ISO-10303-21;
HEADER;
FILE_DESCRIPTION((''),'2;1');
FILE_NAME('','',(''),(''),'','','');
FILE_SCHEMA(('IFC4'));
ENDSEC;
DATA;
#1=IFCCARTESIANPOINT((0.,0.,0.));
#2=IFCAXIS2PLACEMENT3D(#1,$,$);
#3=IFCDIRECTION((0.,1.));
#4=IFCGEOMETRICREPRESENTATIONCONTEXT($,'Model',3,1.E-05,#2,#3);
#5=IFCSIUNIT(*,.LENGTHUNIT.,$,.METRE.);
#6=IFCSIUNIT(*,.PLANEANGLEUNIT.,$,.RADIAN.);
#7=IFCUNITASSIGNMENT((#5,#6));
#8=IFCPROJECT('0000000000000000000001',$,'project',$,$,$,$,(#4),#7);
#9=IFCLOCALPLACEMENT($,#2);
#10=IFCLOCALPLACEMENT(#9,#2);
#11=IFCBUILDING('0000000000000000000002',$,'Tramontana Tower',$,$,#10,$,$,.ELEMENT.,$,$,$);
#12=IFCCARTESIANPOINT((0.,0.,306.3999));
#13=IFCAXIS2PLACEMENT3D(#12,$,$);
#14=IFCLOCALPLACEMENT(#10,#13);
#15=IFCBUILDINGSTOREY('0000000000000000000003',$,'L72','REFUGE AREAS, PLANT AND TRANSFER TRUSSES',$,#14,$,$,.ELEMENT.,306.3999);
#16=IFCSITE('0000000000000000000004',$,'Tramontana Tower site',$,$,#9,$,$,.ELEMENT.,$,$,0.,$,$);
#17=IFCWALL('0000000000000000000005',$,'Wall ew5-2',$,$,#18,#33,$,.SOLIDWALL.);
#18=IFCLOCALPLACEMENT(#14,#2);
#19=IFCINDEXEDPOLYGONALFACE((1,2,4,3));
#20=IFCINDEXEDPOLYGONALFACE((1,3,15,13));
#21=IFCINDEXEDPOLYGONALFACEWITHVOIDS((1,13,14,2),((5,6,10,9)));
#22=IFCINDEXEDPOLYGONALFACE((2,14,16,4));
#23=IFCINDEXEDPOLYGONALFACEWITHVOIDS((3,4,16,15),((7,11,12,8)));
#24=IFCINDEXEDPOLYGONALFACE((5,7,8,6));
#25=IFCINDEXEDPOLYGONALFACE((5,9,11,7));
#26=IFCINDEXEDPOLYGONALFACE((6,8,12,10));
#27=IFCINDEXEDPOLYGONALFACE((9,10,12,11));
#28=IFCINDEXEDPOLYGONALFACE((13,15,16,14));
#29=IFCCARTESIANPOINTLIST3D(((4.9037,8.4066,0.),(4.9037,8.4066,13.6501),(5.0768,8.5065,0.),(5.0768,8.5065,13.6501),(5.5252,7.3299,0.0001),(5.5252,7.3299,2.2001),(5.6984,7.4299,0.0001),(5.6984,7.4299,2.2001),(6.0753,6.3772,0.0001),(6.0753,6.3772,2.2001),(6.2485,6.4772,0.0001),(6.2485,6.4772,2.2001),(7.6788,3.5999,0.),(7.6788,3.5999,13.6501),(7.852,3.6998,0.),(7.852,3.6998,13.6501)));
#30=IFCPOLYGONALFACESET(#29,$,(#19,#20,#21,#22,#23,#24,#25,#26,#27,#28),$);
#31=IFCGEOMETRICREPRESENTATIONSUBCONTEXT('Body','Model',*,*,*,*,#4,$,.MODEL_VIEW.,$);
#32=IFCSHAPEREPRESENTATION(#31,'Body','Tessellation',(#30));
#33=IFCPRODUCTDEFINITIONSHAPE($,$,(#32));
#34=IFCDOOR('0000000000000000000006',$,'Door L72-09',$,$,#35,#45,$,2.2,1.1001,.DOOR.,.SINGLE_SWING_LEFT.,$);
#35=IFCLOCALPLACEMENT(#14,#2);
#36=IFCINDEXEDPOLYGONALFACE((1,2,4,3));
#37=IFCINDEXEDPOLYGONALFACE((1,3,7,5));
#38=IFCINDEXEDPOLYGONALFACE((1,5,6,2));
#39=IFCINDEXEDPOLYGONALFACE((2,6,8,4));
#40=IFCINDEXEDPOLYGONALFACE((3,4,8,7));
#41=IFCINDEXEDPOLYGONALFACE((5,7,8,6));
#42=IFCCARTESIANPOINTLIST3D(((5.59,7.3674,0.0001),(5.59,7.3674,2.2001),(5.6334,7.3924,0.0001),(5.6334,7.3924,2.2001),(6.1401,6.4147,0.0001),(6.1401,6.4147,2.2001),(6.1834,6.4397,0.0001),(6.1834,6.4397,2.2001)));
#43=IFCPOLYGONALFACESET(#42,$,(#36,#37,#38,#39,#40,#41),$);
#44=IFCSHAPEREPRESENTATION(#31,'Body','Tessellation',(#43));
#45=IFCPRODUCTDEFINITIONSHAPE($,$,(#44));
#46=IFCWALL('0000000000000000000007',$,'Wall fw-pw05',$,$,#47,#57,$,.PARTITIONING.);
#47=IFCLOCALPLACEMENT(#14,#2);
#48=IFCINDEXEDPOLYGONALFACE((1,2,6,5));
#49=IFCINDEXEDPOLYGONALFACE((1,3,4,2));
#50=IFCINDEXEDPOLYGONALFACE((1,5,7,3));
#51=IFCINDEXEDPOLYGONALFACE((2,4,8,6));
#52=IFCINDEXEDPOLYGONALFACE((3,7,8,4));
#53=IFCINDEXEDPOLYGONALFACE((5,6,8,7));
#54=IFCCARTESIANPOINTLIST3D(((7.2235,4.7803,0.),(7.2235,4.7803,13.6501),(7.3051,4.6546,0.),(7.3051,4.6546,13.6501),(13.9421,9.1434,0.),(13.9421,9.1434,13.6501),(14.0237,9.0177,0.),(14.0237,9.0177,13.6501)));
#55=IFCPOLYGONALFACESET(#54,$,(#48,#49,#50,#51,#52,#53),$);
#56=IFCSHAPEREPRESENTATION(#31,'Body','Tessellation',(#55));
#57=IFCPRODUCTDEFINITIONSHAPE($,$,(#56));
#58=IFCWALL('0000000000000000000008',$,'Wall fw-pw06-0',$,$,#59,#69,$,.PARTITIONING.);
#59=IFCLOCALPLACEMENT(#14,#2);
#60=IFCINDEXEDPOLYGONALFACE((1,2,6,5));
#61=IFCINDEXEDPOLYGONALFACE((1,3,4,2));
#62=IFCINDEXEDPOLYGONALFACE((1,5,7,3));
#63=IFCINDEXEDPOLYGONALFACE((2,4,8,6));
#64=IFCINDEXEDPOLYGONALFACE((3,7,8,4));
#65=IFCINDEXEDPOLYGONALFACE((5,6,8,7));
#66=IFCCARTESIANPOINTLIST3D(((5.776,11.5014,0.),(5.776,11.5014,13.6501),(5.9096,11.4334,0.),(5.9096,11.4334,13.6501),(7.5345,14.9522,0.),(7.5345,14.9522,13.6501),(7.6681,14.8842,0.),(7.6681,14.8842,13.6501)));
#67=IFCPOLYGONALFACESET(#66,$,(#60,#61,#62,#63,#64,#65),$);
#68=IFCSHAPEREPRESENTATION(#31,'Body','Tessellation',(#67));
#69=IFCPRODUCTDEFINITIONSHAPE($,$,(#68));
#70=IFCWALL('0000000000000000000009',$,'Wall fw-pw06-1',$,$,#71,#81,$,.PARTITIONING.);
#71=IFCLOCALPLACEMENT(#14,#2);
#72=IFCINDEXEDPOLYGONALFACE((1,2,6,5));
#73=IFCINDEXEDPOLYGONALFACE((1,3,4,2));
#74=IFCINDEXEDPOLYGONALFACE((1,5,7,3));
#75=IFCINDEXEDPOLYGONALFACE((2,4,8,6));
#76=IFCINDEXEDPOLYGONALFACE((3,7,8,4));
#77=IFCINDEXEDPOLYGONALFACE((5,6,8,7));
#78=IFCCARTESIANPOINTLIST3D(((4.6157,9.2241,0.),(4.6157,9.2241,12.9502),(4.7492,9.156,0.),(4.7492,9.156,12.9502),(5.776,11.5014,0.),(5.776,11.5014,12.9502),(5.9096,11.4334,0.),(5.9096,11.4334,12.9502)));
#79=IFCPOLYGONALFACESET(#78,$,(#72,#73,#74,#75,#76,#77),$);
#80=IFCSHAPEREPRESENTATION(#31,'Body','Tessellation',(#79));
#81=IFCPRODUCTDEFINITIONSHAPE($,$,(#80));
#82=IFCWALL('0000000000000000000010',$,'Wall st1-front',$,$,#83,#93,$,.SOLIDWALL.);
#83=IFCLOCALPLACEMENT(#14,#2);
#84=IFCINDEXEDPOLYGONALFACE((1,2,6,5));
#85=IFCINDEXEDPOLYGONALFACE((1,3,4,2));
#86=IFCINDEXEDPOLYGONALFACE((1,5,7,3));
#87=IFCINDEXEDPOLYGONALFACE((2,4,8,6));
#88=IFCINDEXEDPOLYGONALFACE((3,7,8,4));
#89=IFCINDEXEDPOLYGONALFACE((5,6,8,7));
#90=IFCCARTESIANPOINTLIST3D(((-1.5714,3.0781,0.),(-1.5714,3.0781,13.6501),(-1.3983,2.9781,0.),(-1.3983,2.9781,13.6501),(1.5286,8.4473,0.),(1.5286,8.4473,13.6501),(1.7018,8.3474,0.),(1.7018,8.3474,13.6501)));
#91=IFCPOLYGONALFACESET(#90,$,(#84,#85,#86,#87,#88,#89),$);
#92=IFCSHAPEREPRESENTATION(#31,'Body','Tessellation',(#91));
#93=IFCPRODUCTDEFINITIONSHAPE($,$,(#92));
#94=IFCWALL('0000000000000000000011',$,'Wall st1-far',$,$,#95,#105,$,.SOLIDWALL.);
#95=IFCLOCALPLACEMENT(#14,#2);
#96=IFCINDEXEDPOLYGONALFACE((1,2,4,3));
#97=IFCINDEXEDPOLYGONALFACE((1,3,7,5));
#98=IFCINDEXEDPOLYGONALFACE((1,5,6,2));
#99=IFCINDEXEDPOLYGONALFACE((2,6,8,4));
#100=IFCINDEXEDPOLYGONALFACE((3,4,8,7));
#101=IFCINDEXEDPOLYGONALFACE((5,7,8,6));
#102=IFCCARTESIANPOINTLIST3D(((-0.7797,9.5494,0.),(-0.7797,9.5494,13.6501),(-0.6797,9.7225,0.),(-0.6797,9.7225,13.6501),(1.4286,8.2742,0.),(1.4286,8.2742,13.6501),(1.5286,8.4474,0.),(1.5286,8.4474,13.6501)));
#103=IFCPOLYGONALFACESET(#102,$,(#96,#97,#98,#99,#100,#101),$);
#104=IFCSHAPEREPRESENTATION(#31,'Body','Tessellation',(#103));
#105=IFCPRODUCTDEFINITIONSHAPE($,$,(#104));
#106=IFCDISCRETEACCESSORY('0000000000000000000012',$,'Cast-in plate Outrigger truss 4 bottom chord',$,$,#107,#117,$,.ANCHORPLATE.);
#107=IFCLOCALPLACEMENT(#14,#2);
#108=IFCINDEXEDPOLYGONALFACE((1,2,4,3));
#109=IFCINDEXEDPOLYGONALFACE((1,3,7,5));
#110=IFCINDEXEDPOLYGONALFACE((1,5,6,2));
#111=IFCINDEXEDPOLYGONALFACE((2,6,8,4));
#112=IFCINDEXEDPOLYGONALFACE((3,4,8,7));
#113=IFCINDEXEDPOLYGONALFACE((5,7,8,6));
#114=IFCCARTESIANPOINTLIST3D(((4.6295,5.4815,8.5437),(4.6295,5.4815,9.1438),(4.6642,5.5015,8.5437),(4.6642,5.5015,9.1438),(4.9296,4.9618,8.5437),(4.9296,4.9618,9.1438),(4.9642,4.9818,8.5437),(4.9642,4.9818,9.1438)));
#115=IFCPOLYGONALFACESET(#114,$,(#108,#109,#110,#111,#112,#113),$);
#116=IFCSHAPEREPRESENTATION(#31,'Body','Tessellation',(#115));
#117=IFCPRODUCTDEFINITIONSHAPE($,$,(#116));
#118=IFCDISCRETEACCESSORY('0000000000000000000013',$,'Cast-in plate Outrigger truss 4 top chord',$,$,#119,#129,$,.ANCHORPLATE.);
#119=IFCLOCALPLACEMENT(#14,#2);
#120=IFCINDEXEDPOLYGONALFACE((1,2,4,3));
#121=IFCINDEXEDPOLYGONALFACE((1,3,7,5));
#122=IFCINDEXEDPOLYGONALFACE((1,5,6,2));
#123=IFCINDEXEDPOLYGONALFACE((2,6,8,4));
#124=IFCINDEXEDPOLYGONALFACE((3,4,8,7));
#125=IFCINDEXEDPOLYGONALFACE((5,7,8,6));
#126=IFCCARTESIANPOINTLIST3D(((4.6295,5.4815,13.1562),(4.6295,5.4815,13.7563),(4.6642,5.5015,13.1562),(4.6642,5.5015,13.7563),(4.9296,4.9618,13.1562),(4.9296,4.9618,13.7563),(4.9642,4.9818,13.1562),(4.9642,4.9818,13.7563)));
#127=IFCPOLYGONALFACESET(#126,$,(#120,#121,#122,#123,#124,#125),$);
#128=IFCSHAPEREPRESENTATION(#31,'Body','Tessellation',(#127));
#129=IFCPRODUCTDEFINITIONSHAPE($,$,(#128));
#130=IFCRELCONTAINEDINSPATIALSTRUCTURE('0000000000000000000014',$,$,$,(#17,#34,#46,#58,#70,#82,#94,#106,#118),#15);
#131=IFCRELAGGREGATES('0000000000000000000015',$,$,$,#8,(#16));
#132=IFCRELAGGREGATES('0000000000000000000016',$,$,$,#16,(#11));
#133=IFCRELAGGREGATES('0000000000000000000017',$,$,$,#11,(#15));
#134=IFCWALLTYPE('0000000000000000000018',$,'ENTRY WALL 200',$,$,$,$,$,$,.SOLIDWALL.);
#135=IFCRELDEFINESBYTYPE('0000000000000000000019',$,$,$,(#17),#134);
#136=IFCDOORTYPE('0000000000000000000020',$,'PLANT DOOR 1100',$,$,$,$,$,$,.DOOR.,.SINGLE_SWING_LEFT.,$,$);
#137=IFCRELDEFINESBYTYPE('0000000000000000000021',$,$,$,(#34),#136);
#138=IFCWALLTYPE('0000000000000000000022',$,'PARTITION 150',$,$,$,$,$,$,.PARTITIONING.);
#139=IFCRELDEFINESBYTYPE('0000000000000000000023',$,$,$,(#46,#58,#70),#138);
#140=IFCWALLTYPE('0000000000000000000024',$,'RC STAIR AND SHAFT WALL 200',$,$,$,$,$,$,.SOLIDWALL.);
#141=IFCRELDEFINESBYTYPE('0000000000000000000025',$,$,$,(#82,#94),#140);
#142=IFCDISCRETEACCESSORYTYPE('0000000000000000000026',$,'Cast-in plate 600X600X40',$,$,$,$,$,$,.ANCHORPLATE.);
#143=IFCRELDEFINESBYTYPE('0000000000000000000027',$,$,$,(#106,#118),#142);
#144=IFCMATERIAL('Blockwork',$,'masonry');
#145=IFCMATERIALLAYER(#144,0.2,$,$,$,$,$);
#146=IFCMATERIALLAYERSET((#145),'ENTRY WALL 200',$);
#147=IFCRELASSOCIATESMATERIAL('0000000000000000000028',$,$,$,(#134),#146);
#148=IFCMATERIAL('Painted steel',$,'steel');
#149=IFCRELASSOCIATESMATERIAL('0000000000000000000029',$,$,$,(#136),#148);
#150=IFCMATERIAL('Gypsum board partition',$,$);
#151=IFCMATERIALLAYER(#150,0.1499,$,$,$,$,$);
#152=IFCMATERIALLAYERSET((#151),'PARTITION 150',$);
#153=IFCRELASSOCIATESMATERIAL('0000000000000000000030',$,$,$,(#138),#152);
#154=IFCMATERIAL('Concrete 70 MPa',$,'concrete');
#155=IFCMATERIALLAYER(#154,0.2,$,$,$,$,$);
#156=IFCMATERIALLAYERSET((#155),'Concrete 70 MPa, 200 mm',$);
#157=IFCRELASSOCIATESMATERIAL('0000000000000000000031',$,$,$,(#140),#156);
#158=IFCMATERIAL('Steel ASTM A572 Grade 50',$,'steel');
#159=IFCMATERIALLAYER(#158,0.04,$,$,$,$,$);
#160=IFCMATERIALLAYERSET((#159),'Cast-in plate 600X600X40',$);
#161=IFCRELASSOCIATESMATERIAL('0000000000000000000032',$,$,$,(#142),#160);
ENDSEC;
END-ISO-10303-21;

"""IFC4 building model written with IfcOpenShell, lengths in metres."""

from ifc_helpers import new_model, si_unit, direction, frame, frame_2d, origin, origin_2d, place, context, subcontext, project, spatial, rectangle, extrude, material, layer, layer_set, type_object, element, fill, save


model = new_model("IFC4")

# Units and contexts
model_context = context("Model", 3, precision=1e-05, world=origin(), true_north=direction((0.0, 1.0)))
body_context = subcontext(model_context, "Body", "Model", "MODEL_VIEW")
ifc_project = project(units=[si_unit("LENGTHUNIT", "METRE"), si_unit("PLANEANGLEUNIT", "RADIAN")], contexts=[model_context])

# Site, building, storey
site_placement = place(None, origin())
site = spatial("IfcSite", under=ifc_project, at=site_placement, Name="Tramontana Tower site", CompositionType="ELEMENT", RefElevation=0.0)
building_placement = place(site_placement, origin())
building = spatial("IfcBuilding", under=site, at=building_placement, Name="Tramontana Tower", CompositionType="ELEMENT")
storey_placement = place(building_placement, frame((0.0, 0.0, 306.3999)))
storey = spatial("IfcBuildingStorey", under=building, at=storey_placement, Name="L72", Description="REFUGE AREAS, PLANT AND TRANSFER TRUSSES", CompositionType="ELEMENT", Elevation=306.3999)

# Shared definitions
ifc_material_1 = material(Name="Blockwork", Category="masonry")
ifc_layer_1 = layer(ifc_material_1, 0.2)
ifc_layer_set_1 = layer_set([ifc_layer_1], Name="ENTRY WALL 200")
wall_type_1 = type_object("IfcWallType", Name="ENTRY WALL 200", PredefinedType="SOLIDWALL", material=ifc_layer_set_1)

# Wall, opening, door
wall_1_placement = place(storey_placement, frame((4.9902, 8.4565, 0.0), z_axis=(0.0, 0.0, 1.0), x_axis=(0.500004, -0.866023, 0.0)))
wall_1 = element("IfcWall", 1, at=wall_1_placement, inside=storey, type_object=wall_type_1, Name="Wall ew5-2", PredefinedType="SOLIDWALL", context=body_context, shape_type="SweptSolid", body=[
    extrude(rectangle(XDim=5.5503, YDim=0.2, at=frame_2d((2.7751, 0.0))), origin(), (0.0, 0.0, 1.0), 13.6501),
])
opening_placement = place(wall_1_placement, frame((1.2432, 0.0, 0.0)))
opening = element("IfcOpeningElement", 2, at=opening_placement, cuts=wall_1, PredefinedType="OPENING", context=body_context, shape_type="SweptSolid", body=[
    extrude(rectangle(XDim=1.1001, YDim=2.2, at=frame_2d((0.55, 1.1001))), frame((0.0, 0.1099, 0.0), z_axis=(0.0, -1.0, 0.0), x_axis=(1.0, 0.0, 0.0)), (0.0, 0.0, 1.0), 0.22),
])
ifc_material_2 = material(Name="Painted steel", Category="steel")
door_type = type_object("IfcDoorType", Name="PLANT DOOR 1100", OperationType="SINGLE_SWING_LEFT", PredefinedType="DOOR", material=ifc_material_2)
door_placement = place(opening_placement, origin())
door = element("IfcDoor", 3, at=door_placement, inside=storey, type_object=door_type, Name="Door L72-09", OperationType="SINGLE_SWING_LEFT", OverallHeight=2.2, OverallWidth=1.1001, PredefinedType="DOOR", context=body_context, shape_type="SweptSolid", body=[
    extrude(rectangle(XDim=1.1001, YDim=2.2, at=frame_2d((0.55, 1.1001))), frame((0.0, 0.0249, 0.0), z_axis=(0.0, -1.0, 0.0), x_axis=(1.0, 0.0, 0.0)), (0.0, 0.0, 1.0), 0.05),
])
fill(opening, door)

# Walls
ifc_material_3 = material(Name="Gypsum board partition")
ifc_layer_2 = layer(ifc_material_3, 0.1499)
ifc_layer_set_2 = layer_set([ifc_layer_2], Name="PARTITION 150")
wall_type_2 = type_object("IfcWallType", Name="PARTITION 150", PredefinedType="PARTITIONING", material=ifc_layer_set_2)
wall_2_placement = place(storey_placement, frame((7.2644, 4.7175, 0.0), z_axis=(0.0, 0.0, 1.0), x_axis=(0.838671, 0.544638, 0.0)))
element("IfcWall", 4, at=wall_2_placement, inside=storey, type_object=wall_type_2, Name="Wall fw-pw05", PredefinedType="PARTITIONING", context=body_context, shape_type="SweptSolid", body=[
    extrude(rectangle(XDim=8.011, YDim=0.1499, at=frame_2d((4.0054, 0.0))), origin(), (0.0, 0.0, 1.0), 13.6501),
])
wall_3_placement = place(storey_placement, frame((7.6013, 14.9182, 0.0), z_axis=(0.0, 0.0, 1.0), x_axis=(-0.454033, -0.890985, 0.0)))
element("IfcWall", 5, at=wall_3_placement, inside=storey, type_object=wall_type_2, Name="Wall fw-pw06-0", PredefinedType="PARTITIONING", context=body_context, shape_type="SweptSolid", body=[
    extrude(rectangle(XDim=3.873, YDim=0.1499, at=frame_2d((1.9365, 0.0))), origin(), (0.0, 0.0, 1.0), 13.6501),
])
wall_4_placement = place(storey_placement, frame((5.8428, 11.4673, 0.0), z_axis=(0.0, 0.0, 1.0), x_axis=(-0.454002, -0.891001, 0.0)))
element("IfcWall", 6, at=wall_4_placement, inside=storey, type_object=wall_type_2, Name="Wall fw-pw06-1", PredefinedType="PARTITIONING", context=body_context, shape_type="SweptSolid", body=[
    extrude(rectangle(XDim=2.5559, YDim=0.1499, at=frame_2d((1.2778, 0.0))), origin(), (0.0, 0.0, 1.0), 12.9502),
])
ifc_material_4 = material(Name="Concrete 70 MPa", Category="concrete")
ifc_layer_3 = layer(ifc_material_4, 0.2)
ifc_layer_set_3 = layer_set([ifc_layer_3], Name="Concrete 70 MPa, 200 mm")
wall_type_3 = type_object("IfcWallType", Name="RC STAIR AND SHAFT WALL 200", PredefinedType="SOLIDWALL", material=ifc_layer_set_3)
wall_5_placement = place(storey_placement, frame((1.6152, 8.3975, 0.0), z_axis=(0.0, 0.0, 1.0), x_axis=(-0.50001, -0.86602, 0.0)))
element("IfcWall", 7, at=wall_5_placement, inside=storey, type_object=wall_type_3, Name="Wall st1-front", PredefinedType="SOLIDWALL", context=body_context, shape_type="SweptSolid", body=[
    extrude(rectangle(XDim=6.2, YDim=0.2, at=frame_2d((3.1001, 0.0))), origin(), (0.0, 0.0, 1.0), 13.6501),
])
wall_6_placement = place(storey_placement, frame((1.4785, 8.3608, 0.0), z_axis=(0.0, 0.0, 1.0), x_axis=(-0.865989, 0.500062, 0.0)))
element("IfcWall", 8, at=wall_6_placement, inside=storey, type_object=wall_type_3, Name="Wall st1-far", PredefinedType="SOLIDWALL", context=body_context, shape_type="SweptSolid", body=[
    extrude(rectangle(XDim=2.55, YDim=0.2, at=frame_2d((1.2749, 0.0))), origin(), (0.0, 0.0, 1.0), 13.6501),
])

# Discrete accessories
ifc_material_5 = material(Name="Steel ASTM A572 Grade 50", Category="steel")
ifc_layer_4 = layer(ifc_material_5, 0.04)
ifc_layer_set_4 = layer_set([ifc_layer_4], Name="Cast-in plate 600X600X40")
discrete_accessory_type = type_object("IfcDiscreteAccessoryType", Name="Cast-in plate 600X600X40", PredefinedType="ANCHORPLATE", material=ifc_layer_set_4)
for number, where, z_axis, x_axis, name in (
    (9, (4.7969, 5.2317, 8.5437), (0.0, 0.0, 1.0), (-0.5, 0.866025, 0.0), "Cast-in plate Outrigger truss 4 bottom chord"),
    (10, (4.7969, 5.2317, 13.1562), (0.0, 0.0, 1.0), (-0.5, 0.866025, 0.0), "Cast-in plate Outrigger truss 4 top chord"),
):
    element("IfcDiscreteAccessory", number, at=place(storey_placement, frame(where, z_axis=z_axis, x_axis=x_axis)), inside=storey, type_object=discrete_accessory_type, Name=name, PredefinedType="ANCHORPLATE", context=body_context, shape_type="SweptSolid", body=[
        extrude(rectangle(XDim=0.6001, YDim=0.04, at=origin_2d()), origin(), (0.0, 0.0, 1.0), 0.6001),
    ])

save(model, "model.ifc")
